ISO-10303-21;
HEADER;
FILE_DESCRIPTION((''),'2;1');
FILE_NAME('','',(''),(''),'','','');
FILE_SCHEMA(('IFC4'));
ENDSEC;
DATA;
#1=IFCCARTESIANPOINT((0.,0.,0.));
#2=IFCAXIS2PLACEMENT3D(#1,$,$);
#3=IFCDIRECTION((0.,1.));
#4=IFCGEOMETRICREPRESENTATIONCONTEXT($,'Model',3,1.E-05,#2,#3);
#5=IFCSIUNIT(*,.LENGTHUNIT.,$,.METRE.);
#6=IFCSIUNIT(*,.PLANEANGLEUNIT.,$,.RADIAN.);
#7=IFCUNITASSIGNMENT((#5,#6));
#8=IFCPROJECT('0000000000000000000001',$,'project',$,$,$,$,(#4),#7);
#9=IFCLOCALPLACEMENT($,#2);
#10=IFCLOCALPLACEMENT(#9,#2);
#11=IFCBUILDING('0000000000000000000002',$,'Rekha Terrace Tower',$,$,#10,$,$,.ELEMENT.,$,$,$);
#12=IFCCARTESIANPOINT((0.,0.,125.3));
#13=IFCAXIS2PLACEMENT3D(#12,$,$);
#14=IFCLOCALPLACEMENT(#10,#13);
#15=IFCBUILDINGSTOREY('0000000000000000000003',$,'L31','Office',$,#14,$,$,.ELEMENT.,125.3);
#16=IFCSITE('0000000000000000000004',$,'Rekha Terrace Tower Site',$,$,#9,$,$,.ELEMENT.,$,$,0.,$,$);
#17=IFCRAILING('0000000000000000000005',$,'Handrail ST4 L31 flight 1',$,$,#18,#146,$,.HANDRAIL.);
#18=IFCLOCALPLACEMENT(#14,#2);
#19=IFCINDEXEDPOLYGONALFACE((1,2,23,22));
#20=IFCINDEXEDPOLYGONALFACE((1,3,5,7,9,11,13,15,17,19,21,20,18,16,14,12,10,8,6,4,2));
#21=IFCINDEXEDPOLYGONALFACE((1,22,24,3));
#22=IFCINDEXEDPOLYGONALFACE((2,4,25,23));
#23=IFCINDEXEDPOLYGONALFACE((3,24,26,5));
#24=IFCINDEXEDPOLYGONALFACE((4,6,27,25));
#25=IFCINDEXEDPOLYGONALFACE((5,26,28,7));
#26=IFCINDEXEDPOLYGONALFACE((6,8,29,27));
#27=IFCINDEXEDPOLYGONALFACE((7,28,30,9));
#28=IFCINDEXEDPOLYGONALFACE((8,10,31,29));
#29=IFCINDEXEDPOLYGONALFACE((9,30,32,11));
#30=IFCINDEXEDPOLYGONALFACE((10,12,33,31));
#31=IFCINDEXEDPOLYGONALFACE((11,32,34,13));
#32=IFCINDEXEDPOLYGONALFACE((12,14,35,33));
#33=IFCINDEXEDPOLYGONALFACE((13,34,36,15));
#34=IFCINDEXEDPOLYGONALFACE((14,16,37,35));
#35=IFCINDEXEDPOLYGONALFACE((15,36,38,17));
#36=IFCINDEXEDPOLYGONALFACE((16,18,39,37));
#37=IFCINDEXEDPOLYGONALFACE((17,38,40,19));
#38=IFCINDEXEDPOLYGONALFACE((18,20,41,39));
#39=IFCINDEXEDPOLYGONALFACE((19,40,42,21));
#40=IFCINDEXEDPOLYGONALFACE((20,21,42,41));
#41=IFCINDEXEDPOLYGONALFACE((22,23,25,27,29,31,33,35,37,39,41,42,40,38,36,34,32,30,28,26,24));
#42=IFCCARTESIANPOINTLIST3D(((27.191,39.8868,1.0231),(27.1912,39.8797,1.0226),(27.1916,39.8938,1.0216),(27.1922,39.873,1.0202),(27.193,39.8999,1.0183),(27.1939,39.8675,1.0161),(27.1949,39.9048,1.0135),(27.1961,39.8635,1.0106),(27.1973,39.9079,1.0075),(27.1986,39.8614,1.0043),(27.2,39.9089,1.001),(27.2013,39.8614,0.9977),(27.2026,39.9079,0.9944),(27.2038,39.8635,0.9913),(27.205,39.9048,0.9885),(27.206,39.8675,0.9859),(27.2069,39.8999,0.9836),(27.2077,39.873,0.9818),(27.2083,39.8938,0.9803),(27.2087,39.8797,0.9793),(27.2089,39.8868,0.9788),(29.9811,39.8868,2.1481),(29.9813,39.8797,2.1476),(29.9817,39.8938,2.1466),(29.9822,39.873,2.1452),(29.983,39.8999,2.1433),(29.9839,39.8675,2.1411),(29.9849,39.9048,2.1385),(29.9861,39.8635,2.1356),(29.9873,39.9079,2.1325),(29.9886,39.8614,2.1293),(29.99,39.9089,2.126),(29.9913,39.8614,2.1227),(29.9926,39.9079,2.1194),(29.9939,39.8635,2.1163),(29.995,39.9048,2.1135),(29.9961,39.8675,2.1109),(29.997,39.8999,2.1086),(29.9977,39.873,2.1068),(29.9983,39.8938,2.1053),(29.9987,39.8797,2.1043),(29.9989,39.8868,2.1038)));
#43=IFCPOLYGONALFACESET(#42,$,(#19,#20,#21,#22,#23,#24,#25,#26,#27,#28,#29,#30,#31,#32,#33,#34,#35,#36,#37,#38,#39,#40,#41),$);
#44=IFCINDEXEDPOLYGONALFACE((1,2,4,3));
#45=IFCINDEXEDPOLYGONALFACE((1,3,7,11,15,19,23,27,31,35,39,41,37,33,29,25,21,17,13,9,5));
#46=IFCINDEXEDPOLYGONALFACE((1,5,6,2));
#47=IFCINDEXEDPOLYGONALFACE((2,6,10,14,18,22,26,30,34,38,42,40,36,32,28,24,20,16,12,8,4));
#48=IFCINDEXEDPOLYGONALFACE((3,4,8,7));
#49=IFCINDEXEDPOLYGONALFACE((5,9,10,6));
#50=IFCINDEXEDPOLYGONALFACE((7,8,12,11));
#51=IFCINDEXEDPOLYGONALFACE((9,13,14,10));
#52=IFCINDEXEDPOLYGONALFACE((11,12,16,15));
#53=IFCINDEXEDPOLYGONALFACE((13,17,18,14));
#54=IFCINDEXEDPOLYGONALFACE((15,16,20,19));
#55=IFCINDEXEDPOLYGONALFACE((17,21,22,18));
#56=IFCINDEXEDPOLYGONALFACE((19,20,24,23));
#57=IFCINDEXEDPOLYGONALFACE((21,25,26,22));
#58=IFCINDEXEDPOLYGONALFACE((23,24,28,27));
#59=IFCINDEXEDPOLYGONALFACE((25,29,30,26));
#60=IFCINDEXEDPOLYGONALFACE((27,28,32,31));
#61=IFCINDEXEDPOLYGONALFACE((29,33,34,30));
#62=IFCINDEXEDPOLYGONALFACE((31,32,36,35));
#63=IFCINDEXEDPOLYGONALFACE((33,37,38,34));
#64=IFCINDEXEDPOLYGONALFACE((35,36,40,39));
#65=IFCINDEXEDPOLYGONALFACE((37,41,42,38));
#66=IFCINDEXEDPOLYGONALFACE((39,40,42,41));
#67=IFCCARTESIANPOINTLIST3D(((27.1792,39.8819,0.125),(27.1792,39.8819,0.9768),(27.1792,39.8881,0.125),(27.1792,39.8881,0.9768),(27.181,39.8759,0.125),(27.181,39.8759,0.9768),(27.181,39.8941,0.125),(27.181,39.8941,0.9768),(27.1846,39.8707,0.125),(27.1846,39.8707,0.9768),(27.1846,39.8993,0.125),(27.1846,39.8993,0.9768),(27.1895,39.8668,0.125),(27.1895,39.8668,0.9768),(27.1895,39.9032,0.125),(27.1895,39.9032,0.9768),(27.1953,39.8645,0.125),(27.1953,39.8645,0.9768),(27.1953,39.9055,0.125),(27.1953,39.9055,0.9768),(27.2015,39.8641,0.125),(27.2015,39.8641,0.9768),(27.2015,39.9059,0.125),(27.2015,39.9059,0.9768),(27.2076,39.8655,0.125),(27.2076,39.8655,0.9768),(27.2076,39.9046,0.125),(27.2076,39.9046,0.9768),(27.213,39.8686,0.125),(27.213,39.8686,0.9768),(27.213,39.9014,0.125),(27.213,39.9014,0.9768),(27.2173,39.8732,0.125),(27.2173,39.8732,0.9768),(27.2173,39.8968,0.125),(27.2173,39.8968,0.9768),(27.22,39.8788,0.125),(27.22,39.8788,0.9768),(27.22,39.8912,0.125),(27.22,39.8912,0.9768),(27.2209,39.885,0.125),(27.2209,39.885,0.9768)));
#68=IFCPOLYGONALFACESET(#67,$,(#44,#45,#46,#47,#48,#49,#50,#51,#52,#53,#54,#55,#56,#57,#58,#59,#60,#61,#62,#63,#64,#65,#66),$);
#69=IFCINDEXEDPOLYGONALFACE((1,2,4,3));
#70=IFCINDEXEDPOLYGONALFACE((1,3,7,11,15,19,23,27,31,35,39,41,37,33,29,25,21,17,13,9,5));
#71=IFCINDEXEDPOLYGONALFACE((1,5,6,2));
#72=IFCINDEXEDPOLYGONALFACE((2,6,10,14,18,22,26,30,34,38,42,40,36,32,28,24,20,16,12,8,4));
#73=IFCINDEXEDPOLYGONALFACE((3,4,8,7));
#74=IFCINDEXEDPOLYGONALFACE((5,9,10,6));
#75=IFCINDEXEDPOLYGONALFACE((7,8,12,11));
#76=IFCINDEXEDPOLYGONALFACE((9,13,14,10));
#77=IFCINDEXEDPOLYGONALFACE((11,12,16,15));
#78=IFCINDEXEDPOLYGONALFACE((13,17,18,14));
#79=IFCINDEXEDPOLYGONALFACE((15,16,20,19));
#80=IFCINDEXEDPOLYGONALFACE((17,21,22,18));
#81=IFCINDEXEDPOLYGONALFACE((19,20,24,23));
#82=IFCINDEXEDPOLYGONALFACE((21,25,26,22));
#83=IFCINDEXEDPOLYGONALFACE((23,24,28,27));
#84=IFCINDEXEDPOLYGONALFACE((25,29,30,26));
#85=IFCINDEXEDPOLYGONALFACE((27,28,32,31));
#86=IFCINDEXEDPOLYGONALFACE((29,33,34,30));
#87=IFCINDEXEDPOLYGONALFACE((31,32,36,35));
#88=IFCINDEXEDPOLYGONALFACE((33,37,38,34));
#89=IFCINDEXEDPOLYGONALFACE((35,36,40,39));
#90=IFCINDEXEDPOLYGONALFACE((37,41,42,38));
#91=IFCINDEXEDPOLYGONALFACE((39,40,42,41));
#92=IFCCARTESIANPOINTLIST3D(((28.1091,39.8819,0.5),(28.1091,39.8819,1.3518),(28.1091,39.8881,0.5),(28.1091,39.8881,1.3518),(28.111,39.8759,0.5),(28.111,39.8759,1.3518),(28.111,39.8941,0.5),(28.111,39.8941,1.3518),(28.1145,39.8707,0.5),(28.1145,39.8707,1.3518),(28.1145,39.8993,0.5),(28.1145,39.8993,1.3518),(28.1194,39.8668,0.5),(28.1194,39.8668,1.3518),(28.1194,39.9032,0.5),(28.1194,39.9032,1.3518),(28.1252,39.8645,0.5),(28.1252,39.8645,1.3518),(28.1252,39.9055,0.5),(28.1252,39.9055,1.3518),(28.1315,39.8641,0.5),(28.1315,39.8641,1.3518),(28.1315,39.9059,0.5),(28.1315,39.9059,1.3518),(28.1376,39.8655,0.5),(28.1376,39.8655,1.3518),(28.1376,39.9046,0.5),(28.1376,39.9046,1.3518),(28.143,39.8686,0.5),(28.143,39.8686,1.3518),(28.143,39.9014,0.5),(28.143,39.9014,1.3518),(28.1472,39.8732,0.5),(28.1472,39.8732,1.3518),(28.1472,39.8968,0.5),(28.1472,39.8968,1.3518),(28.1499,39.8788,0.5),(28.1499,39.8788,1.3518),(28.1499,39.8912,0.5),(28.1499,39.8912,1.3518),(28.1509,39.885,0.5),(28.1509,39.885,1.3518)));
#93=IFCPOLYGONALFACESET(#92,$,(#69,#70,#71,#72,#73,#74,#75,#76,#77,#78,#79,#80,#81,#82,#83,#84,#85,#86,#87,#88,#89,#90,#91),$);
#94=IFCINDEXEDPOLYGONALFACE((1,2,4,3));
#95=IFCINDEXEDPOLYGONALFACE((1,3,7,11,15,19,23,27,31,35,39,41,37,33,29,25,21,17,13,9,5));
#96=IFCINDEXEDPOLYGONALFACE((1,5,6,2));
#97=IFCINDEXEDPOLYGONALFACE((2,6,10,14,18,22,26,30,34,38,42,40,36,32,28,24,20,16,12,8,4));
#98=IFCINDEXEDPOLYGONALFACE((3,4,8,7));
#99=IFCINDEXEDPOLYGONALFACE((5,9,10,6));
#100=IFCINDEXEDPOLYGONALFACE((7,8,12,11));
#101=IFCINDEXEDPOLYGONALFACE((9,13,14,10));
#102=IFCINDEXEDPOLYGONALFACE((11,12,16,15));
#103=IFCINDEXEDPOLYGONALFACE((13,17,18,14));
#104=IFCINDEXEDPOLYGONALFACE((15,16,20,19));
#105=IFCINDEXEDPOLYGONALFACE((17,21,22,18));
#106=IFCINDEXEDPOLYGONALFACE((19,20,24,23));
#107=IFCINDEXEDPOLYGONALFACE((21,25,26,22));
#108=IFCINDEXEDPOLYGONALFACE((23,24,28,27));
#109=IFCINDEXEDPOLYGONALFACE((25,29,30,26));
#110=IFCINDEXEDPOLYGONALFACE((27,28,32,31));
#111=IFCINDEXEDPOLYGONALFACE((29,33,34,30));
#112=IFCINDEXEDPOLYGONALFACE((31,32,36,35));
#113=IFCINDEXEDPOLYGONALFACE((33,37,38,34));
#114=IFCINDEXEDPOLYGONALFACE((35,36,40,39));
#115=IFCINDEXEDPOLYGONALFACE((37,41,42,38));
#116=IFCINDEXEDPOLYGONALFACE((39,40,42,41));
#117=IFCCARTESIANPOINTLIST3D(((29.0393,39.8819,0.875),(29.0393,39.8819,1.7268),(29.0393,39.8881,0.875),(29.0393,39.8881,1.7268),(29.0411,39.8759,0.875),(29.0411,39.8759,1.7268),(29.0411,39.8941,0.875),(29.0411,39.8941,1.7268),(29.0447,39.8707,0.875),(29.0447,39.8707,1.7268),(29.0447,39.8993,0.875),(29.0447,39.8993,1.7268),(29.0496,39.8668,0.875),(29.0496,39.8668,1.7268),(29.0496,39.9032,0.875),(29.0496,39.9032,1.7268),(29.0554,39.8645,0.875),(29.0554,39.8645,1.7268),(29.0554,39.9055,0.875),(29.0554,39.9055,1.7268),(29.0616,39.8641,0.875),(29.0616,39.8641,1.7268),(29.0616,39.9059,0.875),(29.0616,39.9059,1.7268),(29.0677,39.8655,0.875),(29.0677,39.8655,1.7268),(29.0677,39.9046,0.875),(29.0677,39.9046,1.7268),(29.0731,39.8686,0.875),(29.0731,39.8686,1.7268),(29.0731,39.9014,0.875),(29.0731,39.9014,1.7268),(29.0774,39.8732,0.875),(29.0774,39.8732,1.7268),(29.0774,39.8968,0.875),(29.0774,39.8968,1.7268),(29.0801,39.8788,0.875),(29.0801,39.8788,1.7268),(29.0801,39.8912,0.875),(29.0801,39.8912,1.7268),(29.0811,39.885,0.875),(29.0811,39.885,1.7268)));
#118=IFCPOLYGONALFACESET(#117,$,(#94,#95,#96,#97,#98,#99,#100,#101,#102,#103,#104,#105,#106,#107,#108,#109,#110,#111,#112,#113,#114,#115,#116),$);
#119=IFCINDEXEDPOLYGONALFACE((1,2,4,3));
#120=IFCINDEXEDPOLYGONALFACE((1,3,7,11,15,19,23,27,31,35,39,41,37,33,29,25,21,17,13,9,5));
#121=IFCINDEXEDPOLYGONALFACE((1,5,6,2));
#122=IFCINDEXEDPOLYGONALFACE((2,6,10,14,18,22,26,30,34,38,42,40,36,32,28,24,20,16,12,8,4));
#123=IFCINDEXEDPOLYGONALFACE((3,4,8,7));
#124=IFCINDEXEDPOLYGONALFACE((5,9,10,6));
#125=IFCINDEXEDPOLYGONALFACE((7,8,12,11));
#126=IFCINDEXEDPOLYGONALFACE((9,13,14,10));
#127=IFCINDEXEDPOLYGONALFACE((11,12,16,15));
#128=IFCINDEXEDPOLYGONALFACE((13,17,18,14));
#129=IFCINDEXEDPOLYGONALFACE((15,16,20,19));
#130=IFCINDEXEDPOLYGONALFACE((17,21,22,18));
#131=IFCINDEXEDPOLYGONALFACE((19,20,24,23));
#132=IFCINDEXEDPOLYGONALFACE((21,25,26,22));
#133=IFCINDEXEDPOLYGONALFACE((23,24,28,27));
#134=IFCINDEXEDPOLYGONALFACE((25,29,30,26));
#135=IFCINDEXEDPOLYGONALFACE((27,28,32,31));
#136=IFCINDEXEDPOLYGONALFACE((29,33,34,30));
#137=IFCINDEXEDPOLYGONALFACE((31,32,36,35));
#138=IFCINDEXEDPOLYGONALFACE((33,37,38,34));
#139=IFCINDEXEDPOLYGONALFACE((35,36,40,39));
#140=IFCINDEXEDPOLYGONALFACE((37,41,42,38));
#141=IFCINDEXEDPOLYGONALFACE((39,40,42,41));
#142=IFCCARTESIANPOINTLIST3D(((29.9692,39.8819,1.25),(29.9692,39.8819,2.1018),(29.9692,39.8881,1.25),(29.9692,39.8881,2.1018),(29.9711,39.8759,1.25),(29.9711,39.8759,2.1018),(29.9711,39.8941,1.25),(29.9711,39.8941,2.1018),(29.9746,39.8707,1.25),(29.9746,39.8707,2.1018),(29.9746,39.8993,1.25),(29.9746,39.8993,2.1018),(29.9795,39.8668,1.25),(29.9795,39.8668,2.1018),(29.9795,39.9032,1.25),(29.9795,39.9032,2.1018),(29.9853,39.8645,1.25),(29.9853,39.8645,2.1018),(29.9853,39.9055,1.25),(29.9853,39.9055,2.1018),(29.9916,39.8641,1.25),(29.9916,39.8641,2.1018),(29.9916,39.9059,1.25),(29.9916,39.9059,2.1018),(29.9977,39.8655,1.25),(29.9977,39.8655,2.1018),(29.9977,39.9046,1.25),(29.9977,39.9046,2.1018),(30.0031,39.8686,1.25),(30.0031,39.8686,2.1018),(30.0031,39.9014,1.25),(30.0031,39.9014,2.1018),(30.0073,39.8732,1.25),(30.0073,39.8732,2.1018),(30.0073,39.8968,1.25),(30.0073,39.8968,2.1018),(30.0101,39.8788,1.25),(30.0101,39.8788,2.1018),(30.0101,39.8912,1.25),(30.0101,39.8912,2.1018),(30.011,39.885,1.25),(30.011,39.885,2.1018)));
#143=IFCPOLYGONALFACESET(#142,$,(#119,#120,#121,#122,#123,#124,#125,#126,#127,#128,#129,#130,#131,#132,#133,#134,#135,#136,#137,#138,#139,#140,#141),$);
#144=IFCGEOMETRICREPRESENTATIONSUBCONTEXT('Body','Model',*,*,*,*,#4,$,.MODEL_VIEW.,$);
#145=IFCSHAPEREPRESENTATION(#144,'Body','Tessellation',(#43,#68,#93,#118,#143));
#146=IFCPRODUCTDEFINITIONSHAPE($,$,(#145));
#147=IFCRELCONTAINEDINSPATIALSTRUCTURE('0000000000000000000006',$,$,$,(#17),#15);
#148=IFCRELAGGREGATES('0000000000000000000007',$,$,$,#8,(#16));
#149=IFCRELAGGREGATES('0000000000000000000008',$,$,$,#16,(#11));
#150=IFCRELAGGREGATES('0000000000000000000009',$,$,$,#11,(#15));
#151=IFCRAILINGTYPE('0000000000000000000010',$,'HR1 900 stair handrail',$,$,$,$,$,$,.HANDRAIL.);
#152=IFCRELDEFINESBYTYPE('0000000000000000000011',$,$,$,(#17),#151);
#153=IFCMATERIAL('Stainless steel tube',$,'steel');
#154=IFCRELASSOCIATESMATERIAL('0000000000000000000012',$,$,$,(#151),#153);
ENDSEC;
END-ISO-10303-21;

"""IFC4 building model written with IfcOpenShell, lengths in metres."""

from ifc_helpers import new_model, si_unit, direction, frame, origin, origin_2d, place, context, subcontext, project, spatial, circle, extrude, material, type_object, element, save


model = new_model("IFC4")

# Units and contexts
model_context = context("Model", 3, precision=1e-05, world=origin(), true_north=direction((0.0, 1.0)))
body_context = subcontext(model_context, "Body", "Model", "MODEL_VIEW")
ifc_project = project(units=[si_unit("LENGTHUNIT", "METRE"), si_unit("PLANEANGLEUNIT", "RADIAN")], contexts=[model_context])

# Site, building, storey
site_placement = place(None, origin())
site = spatial("IfcSite", under=ifc_project, at=site_placement, Name="Rekha Terrace Tower Site", CompositionType="ELEMENT", RefElevation=0.0)
building_placement = place(site_placement, origin())
building = spatial("IfcBuilding", under=site, at=building_placement, Name="Rekha Terrace Tower", CompositionType="ELEMENT")
storey_placement = place(building_placement, frame((0.0, 0.0, 125.3)))
storey = spatial("IfcBuildingStorey", under=building, at=storey_placement, Name="L31", Description="Office", CompositionType="ELEMENT", Elevation=125.3)

# Railing
ifc_material_1 = material(Name="Stainless steel tube", Category="steel")
railing_type_1 = type_object("IfcRailingType", Name="HR1 900 stair handrail", PredefinedType="HANDRAIL", material=ifc_material_1)
railing_1_placement = place(storey_placement, frame((27.2, 39.885, 0.125)))
element("IfcRailing", 1, at=railing_1_placement, inside=storey, type_object=railing_type_1, Name="Handrail ST4 L31 flight 1", PredefinedType="HANDRAIL", context=body_context, shape_type="SweptSolid", body=[
    extrude(circle(Radius=0.0239, at=origin_2d()), frame((0.0, 0.0, 0.876), z_axis=(0.927443, 0.0, 0.373964), x_axis=(0.0, 1.0, 0.0)), (0.0, 0.0, 1.0), 3.0083),
    extrude(circle(Radius=0.021, at=origin_2d()), origin(), (0.0, 0.0, 1.0), 0.8518),
    extrude(circle(Radius=0.021, at=origin_2d()), frame((0.9299, 0.0, 0.375)), (0.0, 0.0, 1.0), 0.8518),
    extrude(circle(Radius=0.021, at=origin_2d()), frame((1.8601, 0.0, 0.75)), (0.0, 0.0, 1.0), 0.8518),
    extrude(circle(Radius=0.021, at=origin_2d()), frame((2.79, 0.0, 1.125)), (0.0, 0.0, 1.0), 0.8518),
])

save(model, "model.ifc")
